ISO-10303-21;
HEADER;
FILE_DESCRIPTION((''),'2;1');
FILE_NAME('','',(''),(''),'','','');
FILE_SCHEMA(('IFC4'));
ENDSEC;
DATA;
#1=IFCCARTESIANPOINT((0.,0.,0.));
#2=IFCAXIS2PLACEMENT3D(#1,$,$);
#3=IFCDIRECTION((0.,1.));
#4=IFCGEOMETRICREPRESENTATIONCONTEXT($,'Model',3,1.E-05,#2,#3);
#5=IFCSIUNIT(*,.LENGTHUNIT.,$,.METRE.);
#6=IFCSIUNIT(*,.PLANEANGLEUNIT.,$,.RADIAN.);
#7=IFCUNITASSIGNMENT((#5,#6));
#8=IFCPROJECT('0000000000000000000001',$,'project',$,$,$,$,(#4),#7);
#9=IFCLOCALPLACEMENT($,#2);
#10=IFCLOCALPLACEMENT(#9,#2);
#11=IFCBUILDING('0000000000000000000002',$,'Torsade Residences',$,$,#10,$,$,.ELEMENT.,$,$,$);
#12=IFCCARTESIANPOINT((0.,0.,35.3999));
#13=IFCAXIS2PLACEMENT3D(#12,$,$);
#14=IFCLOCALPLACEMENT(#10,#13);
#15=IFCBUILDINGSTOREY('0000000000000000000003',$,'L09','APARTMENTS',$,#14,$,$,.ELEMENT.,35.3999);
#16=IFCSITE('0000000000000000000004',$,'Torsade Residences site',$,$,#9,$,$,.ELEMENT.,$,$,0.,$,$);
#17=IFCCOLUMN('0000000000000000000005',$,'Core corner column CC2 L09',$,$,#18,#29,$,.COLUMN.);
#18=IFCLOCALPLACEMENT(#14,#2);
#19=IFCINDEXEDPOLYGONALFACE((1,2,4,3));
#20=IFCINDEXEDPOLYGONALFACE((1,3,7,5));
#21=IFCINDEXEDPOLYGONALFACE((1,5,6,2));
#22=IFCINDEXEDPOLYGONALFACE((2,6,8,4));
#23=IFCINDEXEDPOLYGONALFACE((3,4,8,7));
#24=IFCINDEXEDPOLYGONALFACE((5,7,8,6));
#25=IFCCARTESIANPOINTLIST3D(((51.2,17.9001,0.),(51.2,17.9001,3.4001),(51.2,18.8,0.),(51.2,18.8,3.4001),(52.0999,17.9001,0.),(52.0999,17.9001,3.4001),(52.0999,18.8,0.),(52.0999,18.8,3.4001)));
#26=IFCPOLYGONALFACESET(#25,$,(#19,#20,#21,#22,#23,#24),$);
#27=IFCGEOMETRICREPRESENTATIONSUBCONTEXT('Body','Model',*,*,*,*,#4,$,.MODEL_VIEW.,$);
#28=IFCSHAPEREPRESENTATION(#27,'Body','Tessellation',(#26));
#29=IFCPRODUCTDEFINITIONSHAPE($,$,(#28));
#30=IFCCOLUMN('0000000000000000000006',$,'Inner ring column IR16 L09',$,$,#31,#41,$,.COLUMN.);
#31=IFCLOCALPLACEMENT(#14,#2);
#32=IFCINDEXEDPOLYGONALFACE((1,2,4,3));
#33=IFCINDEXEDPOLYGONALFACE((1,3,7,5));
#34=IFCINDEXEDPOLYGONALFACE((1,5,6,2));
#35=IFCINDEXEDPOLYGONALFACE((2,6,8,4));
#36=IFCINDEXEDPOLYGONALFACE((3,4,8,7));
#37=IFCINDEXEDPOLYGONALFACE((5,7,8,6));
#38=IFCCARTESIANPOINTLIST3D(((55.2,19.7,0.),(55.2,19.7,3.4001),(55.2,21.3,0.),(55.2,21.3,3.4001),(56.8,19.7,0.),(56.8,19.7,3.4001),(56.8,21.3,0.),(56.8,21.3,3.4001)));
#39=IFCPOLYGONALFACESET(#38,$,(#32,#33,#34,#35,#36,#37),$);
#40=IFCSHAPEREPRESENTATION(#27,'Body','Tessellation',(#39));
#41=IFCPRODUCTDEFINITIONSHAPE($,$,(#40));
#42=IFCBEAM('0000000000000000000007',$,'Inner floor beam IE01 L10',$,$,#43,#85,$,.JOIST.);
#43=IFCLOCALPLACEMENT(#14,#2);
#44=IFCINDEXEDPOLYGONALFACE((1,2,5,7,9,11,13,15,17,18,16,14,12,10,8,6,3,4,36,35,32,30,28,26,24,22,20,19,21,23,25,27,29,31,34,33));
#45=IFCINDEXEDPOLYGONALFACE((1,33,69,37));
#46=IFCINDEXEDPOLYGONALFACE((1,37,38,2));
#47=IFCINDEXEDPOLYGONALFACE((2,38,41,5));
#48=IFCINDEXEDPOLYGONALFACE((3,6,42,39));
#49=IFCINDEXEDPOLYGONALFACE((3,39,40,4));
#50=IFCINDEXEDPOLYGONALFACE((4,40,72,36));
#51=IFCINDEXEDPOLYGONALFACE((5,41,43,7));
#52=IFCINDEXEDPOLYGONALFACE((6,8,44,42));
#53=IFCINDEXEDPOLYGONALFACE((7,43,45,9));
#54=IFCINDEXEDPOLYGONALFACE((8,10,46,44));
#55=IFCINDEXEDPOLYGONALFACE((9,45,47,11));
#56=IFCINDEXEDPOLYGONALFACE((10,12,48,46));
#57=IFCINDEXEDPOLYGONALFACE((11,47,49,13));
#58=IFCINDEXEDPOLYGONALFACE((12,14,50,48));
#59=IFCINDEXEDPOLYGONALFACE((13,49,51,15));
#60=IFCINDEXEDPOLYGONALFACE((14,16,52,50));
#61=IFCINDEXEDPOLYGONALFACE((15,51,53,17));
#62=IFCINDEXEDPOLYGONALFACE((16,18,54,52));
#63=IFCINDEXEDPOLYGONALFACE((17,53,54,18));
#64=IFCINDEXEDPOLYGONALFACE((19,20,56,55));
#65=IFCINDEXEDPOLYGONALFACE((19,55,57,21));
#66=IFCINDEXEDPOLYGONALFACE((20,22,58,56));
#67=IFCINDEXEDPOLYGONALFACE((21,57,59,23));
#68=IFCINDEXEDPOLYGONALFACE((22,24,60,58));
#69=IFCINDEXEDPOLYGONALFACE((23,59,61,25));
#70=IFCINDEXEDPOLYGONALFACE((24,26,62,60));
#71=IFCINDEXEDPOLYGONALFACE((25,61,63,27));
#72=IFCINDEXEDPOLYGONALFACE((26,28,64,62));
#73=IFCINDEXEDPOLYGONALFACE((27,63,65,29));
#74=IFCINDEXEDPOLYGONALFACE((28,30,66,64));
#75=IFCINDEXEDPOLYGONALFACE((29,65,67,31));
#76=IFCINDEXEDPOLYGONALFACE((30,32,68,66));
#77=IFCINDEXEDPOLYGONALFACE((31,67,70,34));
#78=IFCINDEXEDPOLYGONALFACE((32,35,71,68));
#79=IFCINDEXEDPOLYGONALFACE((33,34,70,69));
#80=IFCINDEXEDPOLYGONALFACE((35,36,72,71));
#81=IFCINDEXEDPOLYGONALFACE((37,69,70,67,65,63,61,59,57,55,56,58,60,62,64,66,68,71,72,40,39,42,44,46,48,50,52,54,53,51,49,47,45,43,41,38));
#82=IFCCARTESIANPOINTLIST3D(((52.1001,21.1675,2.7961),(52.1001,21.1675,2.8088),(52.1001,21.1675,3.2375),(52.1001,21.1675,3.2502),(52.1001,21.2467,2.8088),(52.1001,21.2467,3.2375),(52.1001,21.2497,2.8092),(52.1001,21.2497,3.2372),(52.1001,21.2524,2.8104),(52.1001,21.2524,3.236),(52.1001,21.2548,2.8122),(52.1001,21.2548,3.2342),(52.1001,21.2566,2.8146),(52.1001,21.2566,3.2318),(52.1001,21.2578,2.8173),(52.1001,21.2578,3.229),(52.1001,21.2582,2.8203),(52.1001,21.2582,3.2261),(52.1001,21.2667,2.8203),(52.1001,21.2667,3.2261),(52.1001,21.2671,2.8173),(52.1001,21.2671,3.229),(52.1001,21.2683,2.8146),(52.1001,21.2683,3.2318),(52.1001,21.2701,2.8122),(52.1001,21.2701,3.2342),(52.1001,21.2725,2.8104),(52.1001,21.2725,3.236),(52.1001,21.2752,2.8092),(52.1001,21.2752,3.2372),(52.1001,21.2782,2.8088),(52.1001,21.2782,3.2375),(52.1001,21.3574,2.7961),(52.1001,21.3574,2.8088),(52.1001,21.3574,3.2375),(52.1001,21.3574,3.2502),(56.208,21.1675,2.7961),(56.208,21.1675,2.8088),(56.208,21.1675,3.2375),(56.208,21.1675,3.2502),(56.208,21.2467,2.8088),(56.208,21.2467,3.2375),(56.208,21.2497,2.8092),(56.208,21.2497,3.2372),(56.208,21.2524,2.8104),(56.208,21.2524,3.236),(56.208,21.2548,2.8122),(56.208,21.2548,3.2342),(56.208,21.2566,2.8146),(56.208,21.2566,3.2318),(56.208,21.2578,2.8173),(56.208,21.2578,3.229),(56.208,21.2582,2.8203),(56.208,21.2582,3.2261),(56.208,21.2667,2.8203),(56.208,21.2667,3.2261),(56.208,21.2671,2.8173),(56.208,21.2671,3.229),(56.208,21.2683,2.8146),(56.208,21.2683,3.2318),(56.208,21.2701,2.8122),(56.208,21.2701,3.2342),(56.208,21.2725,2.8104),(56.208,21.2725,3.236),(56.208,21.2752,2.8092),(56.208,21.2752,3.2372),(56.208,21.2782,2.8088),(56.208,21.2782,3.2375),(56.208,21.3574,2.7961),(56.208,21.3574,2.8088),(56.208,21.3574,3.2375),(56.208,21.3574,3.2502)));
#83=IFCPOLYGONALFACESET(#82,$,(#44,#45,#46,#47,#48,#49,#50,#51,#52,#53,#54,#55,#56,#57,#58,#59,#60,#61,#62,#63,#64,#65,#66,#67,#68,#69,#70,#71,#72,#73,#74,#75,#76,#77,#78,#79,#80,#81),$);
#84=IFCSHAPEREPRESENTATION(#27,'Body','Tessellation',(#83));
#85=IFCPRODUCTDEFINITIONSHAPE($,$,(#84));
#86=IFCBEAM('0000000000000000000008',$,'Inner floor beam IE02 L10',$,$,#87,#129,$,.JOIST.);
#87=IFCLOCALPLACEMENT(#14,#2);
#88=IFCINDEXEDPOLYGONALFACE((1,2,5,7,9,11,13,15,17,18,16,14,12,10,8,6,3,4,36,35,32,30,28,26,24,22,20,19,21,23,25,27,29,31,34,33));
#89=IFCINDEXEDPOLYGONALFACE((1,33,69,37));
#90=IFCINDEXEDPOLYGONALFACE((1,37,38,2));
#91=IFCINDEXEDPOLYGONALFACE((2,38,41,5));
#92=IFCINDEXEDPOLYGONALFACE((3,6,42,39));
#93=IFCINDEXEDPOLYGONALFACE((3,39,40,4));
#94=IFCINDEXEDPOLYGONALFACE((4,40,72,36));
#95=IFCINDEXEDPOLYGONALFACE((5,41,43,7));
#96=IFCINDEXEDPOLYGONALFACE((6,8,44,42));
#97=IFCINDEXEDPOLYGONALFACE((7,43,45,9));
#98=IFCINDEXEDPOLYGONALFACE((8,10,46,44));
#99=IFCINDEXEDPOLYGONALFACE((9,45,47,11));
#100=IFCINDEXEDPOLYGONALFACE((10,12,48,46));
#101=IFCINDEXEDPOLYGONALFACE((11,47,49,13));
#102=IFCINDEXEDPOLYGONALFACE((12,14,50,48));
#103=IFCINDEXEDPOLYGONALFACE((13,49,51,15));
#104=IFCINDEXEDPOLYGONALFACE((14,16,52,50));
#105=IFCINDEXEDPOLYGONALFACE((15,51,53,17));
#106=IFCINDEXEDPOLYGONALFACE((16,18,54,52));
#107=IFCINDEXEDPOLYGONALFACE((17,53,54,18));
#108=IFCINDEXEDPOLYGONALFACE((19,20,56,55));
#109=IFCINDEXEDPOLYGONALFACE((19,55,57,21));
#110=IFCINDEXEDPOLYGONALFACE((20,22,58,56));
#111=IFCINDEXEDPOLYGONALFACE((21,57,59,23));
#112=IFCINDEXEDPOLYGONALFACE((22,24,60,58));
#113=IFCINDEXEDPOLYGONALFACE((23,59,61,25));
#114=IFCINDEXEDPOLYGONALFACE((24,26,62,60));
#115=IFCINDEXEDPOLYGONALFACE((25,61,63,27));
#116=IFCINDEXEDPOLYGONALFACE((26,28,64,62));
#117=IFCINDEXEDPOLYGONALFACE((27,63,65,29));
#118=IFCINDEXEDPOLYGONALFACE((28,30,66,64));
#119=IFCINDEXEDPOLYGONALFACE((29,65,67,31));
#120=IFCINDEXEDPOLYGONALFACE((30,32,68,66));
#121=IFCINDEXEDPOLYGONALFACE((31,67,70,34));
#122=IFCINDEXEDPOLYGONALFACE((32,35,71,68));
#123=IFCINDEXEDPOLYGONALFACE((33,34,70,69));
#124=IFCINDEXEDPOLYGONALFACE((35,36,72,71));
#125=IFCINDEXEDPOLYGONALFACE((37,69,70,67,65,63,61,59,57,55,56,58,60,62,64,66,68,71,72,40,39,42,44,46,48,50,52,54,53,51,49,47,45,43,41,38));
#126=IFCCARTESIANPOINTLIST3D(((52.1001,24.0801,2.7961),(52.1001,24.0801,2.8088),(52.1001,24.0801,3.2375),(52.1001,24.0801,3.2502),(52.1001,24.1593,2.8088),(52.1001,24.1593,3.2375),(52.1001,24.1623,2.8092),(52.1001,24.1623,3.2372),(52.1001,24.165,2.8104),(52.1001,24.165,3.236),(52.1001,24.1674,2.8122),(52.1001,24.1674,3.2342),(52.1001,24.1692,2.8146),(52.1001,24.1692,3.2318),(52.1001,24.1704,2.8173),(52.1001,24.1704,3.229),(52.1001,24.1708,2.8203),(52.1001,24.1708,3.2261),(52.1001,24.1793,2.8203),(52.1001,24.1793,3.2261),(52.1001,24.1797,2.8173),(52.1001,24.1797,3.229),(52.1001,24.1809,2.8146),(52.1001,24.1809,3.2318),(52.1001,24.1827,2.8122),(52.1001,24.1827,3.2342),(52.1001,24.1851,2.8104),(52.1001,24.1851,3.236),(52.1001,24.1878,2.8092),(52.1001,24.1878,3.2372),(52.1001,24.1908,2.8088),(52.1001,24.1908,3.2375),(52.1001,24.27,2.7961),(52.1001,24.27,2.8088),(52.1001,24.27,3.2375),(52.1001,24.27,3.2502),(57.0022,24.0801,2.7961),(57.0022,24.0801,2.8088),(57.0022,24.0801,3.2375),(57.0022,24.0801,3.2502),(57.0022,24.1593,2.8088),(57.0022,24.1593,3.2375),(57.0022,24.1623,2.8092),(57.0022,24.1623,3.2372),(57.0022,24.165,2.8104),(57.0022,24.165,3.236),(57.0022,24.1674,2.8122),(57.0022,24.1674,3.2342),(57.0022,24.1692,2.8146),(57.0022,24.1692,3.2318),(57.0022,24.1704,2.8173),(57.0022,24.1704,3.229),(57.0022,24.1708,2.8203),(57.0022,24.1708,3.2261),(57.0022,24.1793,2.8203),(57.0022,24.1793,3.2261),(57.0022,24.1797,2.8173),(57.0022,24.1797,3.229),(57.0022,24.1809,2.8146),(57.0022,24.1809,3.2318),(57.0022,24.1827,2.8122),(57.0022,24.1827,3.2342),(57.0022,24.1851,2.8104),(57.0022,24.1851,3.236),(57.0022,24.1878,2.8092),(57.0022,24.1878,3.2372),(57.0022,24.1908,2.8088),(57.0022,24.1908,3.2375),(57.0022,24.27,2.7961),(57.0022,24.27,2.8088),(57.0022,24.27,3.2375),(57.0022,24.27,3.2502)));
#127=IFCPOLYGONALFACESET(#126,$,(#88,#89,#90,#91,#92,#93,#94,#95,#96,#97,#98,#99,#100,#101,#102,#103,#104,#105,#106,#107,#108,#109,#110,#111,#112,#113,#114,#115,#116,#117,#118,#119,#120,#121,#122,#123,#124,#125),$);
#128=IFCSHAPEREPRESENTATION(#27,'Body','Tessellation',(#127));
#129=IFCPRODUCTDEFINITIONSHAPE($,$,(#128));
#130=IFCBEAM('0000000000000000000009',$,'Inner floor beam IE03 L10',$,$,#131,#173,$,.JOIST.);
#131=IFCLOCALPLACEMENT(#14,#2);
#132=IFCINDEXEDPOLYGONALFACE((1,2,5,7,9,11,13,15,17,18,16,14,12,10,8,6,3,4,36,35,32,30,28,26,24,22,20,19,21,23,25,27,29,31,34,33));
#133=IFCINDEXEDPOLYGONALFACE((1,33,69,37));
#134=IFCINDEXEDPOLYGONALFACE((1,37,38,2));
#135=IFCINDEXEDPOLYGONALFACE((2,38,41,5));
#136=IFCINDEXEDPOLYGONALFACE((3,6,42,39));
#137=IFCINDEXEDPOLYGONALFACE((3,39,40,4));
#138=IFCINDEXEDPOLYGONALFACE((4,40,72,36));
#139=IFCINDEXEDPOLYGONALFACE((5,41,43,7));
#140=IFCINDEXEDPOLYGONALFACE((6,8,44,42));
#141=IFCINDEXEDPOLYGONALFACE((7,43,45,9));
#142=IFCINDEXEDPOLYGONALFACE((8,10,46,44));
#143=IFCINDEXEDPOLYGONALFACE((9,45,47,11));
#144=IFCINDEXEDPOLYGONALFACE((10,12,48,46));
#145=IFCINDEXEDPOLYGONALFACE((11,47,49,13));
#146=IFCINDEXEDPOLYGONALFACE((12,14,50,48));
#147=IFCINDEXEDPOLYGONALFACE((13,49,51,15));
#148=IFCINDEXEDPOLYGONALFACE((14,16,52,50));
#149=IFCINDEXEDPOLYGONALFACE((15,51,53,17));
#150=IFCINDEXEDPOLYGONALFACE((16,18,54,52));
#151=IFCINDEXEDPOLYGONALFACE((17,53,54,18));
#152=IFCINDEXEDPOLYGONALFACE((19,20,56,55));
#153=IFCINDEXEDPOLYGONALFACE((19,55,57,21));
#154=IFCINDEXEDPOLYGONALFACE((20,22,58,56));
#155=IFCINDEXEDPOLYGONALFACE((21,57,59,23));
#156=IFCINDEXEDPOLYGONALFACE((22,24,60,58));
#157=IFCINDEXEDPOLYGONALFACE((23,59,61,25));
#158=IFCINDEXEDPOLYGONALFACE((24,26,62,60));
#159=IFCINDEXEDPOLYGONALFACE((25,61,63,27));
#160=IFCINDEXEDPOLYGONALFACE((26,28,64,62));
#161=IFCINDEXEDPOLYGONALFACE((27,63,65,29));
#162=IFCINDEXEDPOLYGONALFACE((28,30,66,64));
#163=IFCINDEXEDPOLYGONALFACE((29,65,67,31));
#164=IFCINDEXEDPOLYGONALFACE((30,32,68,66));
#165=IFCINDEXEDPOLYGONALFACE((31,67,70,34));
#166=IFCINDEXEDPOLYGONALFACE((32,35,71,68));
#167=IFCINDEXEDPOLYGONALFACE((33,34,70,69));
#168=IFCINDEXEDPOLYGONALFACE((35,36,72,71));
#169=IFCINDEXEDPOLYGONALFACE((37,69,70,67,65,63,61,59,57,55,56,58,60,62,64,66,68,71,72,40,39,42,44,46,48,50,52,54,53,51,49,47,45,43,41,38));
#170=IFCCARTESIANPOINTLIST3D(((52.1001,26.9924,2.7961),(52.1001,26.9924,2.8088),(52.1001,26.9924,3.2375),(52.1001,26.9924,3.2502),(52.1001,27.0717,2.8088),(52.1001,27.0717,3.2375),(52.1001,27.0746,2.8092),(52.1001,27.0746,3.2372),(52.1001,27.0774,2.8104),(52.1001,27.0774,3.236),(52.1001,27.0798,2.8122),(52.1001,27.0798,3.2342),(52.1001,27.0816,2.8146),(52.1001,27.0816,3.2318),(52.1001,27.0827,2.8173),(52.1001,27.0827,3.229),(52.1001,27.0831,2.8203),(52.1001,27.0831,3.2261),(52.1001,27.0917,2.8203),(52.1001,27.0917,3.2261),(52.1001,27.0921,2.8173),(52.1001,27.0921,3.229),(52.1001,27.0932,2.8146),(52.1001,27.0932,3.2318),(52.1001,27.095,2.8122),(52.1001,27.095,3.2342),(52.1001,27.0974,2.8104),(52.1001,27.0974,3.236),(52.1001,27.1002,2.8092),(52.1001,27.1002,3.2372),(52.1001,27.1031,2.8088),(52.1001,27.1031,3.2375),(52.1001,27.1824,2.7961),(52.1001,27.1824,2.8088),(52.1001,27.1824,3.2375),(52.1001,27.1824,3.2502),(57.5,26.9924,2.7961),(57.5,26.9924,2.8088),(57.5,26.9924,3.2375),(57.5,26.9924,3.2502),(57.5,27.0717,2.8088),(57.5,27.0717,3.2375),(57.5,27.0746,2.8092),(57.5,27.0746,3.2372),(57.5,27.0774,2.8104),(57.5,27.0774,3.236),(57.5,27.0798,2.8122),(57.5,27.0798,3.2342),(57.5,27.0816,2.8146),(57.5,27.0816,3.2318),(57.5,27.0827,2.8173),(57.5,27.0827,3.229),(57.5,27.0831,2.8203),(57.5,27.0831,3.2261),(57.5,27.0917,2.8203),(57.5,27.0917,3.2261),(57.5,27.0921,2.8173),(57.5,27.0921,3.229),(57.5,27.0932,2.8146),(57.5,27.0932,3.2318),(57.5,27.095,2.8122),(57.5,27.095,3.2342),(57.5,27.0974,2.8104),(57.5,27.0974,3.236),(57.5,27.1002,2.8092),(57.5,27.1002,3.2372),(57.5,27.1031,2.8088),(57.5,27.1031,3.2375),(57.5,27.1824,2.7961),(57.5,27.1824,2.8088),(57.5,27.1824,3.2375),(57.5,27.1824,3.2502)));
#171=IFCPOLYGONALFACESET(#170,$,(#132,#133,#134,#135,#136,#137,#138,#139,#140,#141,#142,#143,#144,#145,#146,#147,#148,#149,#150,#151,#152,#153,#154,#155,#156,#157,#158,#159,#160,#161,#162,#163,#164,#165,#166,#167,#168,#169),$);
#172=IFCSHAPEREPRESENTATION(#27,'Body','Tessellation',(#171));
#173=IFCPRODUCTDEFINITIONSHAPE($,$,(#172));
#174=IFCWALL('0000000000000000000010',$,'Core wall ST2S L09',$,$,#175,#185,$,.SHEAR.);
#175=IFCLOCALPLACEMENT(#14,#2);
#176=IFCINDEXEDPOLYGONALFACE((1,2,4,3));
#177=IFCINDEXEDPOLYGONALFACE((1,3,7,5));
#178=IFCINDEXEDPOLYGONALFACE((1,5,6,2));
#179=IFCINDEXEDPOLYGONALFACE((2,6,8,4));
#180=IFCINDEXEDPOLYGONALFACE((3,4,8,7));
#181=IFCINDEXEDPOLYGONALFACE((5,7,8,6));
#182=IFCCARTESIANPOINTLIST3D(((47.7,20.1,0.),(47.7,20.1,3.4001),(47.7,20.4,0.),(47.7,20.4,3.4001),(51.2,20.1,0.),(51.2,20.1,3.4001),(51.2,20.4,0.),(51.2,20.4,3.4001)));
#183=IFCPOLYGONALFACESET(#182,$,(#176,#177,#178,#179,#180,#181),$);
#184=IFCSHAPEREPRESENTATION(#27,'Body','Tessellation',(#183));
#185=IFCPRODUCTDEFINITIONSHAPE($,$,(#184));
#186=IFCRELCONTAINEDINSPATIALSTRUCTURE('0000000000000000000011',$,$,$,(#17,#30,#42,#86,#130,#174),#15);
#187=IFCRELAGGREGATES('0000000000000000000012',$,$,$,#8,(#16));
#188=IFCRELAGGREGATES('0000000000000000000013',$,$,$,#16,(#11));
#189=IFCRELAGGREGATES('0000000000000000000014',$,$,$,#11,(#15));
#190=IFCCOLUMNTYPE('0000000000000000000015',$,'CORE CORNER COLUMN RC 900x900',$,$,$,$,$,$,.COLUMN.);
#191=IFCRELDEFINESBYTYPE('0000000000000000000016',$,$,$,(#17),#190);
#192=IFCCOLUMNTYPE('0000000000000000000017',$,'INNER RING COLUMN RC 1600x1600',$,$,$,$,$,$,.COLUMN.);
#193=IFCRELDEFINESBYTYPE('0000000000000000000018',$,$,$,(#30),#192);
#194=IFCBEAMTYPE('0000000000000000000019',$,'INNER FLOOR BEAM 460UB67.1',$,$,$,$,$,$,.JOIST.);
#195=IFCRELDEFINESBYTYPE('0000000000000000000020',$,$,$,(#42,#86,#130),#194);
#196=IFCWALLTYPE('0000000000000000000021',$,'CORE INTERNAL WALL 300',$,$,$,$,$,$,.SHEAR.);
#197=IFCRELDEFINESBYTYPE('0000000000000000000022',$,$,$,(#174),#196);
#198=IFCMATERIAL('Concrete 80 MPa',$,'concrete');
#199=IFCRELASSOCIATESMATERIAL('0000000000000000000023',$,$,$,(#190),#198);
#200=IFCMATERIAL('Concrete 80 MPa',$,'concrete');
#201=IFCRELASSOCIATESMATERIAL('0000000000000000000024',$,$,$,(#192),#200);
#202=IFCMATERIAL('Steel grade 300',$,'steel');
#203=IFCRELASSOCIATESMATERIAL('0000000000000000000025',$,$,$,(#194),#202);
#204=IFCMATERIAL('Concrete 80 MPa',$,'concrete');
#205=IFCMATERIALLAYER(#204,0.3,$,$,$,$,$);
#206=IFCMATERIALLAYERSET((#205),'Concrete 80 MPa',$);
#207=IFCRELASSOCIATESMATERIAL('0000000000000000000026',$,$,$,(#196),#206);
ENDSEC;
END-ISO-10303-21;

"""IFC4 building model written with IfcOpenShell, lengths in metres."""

from ifc_helpers import new_model, si_unit, direction, frame, frame_2d, origin, origin_2d, place, context, subcontext, project, spatial, rectangle, i_section, extrude, material, layer, layer_set, material_profile, profile_set, type_object, element, save


model = new_model("IFC4")

# Units and contexts
model_context = context("Model", 3, precision=1e-05, world=origin(), true_north=direction((0.0, 1.0)))
body_context = subcontext(model_context, "Body", "Model", "MODEL_VIEW")
ifc_project = project(units=[si_unit("LENGTHUNIT", "METRE"), si_unit("PLANEANGLEUNIT", "RADIAN")], contexts=[model_context])

# Site, building, storey
site_placement = place(None, origin())
site = spatial("IfcSite", under=ifc_project, at=site_placement, Name="Torsade Residences site", CompositionType="ELEMENT", RefElevation=0.0)
building_placement = place(site_placement, origin())
building = spatial("IfcBuilding", under=site, at=building_placement, Name="Torsade Residences", CompositionType="ELEMENT")
storey_placement = place(building_placement, frame((0.0, 0.0, 35.3999)))
storey = spatial("IfcBuildingStorey", under=building, at=storey_placement, Name="L09", Description="APARTMENTS", CompositionType="ELEMENT", Elevation=35.3999)

# Columns
ifc_material_1 = material(Name="Concrete 80 MPa", Category="concrete")
ifc_material_profile_1 = material_profile(ifc_material_1, rectangle(XDim=0.8999, YDim=0.8999, at=origin_2d()), Name="RC 900x900")
ifc_profile_set_1 = profile_set([ifc_material_profile_1], Name="Concrete 80 MPa")
column_type_1 = type_object("IfcColumnType", Name="CORE CORNER COLUMN RC 900x900", PredefinedType="COLUMN", material=ifc_profile_set_1)
column_1_placement = place(storey_placement, frame((51.6499, 18.3501, 0.0), z_axis=(0.0, 0.0, 1.0), x_axis=(1.0, 0.0, 0.0)))
element("IfcColumn", 1, at=column_1_placement, inside=storey, type_object=column_type_1, Name="Core corner column CC2 L09", PredefinedType="COLUMN", context=body_context, shape_type="SweptSolid", body=[
    extrude(rectangle(XDim=0.8999, YDim=0.8999, at=origin_2d()), origin(), (0.0, 0.0, 1.0), 3.4001),
])
ifc_material_2 = material(Name="Concrete 80 MPa", Category="concrete")
ifc_material_profile_2 = material_profile(ifc_material_2, rectangle(XDim=1.6001, YDim=1.6001, at=origin_2d()), Name="RC 1600x1600")
ifc_profile_set_2 = profile_set([ifc_material_profile_2], Name="Concrete 80 MPa")
column_type_2 = type_object("IfcColumnType", Name="INNER RING COLUMN RC 1600x1600", PredefinedType="COLUMN", material=ifc_profile_set_2)
column_2_placement = place(storey_placement, frame((56.0, 20.5, 0.0), z_axis=(0.0, 0.0, 1.0), x_axis=(1.0, 0.0, 0.0)))
element("IfcColumn", 2, at=column_2_placement, inside=storey, type_object=column_type_2, Name="Inner ring column IR16 L09", PredefinedType="COLUMN", context=body_context, shape_type="SweptSolid", body=[
    extrude(rectangle(XDim=1.6001, YDim=1.6001, at=origin_2d()), origin(), (0.0, 0.0, 1.0), 3.4001),
])

# Beams
ifc_material_3 = material(Name="Steel grade 300", Category="steel")
ifc_material_profile_3 = material_profile(ifc_material_3, i_section(OverallWidth=0.1899, OverallDepth=0.4541, WebThickness=0.0085, FlangeThickness=0.0127, FilletRadius=0.0115, at=origin_2d()), Name="460UB67.1")
ifc_profile_set_3 = profile_set([ifc_material_profile_3], Name="Steel grade 300")
beam_type = type_object("IfcBeamType", Name="INNER FLOOR BEAM 460UB67.1", PredefinedType="JOIST", material=ifc_profile_set_3)
beam_1_placement = place(storey_placement, frame((52.1001, 21.2625, 3.0232), z_axis=(1.0, 0.0, 0.0), x_axis=(0.0, 1.0, 0.0)))
element("IfcBeam", 3, at=beam_1_placement, inside=storey, type_object=beam_type, Name="Inner floor beam IE01 L10", PredefinedType="JOIST", context=body_context, shape_type="SweptSolid", body=[
    extrude(i_section(OverallWidth=0.1899, OverallDepth=0.4541, WebThickness=0.0085, FlangeThickness=0.0127, FilletRadius=0.0115, at=origin_2d()), origin(), (0.0, 0.0, 1.0), 4.1079),
])
beam_2_placement = place(storey_placement, frame((52.1001, 24.175, 3.0232), z_axis=(1.0, 0.0, 0.0), x_axis=(0.0, 1.0, 0.0)))
element("IfcBeam", 4, at=beam_2_placement, inside=storey, type_object=beam_type, Name="Inner floor beam IE02 L10", PredefinedType="JOIST", context=body_context, shape_type="SweptSolid", body=[
    extrude(i_section(OverallWidth=0.1899, OverallDepth=0.4541, WebThickness=0.0085, FlangeThickness=0.0127, FilletRadius=0.0115, at=origin_2d()), origin(), (0.0, 0.0, 1.0), 4.9021),
])
beam_3_placement = place(storey_placement, frame((52.1001, 27.0874, 3.0232), z_axis=(1.0, 0.0, 0.0), x_axis=(0.0, 1.0, 0.0)))
element("IfcBeam", 5, at=beam_3_placement, inside=storey, type_object=beam_type, Name="Inner floor beam IE03 L10", PredefinedType="JOIST", context=body_context, shape_type="SweptSolid", body=[
    extrude(i_section(OverallWidth=0.1899, OverallDepth=0.4541, WebThickness=0.0085, FlangeThickness=0.0127, FilletRadius=0.0115, at=origin_2d()), origin(), (0.0, 0.0, 1.0), 5.3999),
])

# Wall
ifc_material_4 = material(Name="Concrete 80 MPa", Category="concrete")
ifc_layer_1 = layer(ifc_material_4, 0.3)
ifc_layer_set_1 = layer_set([ifc_layer_1], Name="Concrete 80 MPa")
wall_type_1 = type_object("IfcWallType", Name="CORE INTERNAL WALL 300", PredefinedType="SHEAR", material=ifc_layer_set_1)
wall_1_placement = place(storey_placement, frame((51.2, 20.25, 0.0), z_axis=(0.0, 0.0, 1.0), x_axis=(-1.0, 0.0, 0.0)))
element("IfcWall", 6, at=wall_1_placement, inside=storey, type_object=wall_type_1, Name="Core wall ST2S L09", PredefinedType="SHEAR", context=body_context, shape_type="SweptSolid", body=[
    extrude(rectangle(XDim=3.5, YDim=0.3, at=frame_2d((1.75, 0.0))), origin(), (0.0, 0.0, 1.0), 3.4001),
])

save(model, "model.ifc")
